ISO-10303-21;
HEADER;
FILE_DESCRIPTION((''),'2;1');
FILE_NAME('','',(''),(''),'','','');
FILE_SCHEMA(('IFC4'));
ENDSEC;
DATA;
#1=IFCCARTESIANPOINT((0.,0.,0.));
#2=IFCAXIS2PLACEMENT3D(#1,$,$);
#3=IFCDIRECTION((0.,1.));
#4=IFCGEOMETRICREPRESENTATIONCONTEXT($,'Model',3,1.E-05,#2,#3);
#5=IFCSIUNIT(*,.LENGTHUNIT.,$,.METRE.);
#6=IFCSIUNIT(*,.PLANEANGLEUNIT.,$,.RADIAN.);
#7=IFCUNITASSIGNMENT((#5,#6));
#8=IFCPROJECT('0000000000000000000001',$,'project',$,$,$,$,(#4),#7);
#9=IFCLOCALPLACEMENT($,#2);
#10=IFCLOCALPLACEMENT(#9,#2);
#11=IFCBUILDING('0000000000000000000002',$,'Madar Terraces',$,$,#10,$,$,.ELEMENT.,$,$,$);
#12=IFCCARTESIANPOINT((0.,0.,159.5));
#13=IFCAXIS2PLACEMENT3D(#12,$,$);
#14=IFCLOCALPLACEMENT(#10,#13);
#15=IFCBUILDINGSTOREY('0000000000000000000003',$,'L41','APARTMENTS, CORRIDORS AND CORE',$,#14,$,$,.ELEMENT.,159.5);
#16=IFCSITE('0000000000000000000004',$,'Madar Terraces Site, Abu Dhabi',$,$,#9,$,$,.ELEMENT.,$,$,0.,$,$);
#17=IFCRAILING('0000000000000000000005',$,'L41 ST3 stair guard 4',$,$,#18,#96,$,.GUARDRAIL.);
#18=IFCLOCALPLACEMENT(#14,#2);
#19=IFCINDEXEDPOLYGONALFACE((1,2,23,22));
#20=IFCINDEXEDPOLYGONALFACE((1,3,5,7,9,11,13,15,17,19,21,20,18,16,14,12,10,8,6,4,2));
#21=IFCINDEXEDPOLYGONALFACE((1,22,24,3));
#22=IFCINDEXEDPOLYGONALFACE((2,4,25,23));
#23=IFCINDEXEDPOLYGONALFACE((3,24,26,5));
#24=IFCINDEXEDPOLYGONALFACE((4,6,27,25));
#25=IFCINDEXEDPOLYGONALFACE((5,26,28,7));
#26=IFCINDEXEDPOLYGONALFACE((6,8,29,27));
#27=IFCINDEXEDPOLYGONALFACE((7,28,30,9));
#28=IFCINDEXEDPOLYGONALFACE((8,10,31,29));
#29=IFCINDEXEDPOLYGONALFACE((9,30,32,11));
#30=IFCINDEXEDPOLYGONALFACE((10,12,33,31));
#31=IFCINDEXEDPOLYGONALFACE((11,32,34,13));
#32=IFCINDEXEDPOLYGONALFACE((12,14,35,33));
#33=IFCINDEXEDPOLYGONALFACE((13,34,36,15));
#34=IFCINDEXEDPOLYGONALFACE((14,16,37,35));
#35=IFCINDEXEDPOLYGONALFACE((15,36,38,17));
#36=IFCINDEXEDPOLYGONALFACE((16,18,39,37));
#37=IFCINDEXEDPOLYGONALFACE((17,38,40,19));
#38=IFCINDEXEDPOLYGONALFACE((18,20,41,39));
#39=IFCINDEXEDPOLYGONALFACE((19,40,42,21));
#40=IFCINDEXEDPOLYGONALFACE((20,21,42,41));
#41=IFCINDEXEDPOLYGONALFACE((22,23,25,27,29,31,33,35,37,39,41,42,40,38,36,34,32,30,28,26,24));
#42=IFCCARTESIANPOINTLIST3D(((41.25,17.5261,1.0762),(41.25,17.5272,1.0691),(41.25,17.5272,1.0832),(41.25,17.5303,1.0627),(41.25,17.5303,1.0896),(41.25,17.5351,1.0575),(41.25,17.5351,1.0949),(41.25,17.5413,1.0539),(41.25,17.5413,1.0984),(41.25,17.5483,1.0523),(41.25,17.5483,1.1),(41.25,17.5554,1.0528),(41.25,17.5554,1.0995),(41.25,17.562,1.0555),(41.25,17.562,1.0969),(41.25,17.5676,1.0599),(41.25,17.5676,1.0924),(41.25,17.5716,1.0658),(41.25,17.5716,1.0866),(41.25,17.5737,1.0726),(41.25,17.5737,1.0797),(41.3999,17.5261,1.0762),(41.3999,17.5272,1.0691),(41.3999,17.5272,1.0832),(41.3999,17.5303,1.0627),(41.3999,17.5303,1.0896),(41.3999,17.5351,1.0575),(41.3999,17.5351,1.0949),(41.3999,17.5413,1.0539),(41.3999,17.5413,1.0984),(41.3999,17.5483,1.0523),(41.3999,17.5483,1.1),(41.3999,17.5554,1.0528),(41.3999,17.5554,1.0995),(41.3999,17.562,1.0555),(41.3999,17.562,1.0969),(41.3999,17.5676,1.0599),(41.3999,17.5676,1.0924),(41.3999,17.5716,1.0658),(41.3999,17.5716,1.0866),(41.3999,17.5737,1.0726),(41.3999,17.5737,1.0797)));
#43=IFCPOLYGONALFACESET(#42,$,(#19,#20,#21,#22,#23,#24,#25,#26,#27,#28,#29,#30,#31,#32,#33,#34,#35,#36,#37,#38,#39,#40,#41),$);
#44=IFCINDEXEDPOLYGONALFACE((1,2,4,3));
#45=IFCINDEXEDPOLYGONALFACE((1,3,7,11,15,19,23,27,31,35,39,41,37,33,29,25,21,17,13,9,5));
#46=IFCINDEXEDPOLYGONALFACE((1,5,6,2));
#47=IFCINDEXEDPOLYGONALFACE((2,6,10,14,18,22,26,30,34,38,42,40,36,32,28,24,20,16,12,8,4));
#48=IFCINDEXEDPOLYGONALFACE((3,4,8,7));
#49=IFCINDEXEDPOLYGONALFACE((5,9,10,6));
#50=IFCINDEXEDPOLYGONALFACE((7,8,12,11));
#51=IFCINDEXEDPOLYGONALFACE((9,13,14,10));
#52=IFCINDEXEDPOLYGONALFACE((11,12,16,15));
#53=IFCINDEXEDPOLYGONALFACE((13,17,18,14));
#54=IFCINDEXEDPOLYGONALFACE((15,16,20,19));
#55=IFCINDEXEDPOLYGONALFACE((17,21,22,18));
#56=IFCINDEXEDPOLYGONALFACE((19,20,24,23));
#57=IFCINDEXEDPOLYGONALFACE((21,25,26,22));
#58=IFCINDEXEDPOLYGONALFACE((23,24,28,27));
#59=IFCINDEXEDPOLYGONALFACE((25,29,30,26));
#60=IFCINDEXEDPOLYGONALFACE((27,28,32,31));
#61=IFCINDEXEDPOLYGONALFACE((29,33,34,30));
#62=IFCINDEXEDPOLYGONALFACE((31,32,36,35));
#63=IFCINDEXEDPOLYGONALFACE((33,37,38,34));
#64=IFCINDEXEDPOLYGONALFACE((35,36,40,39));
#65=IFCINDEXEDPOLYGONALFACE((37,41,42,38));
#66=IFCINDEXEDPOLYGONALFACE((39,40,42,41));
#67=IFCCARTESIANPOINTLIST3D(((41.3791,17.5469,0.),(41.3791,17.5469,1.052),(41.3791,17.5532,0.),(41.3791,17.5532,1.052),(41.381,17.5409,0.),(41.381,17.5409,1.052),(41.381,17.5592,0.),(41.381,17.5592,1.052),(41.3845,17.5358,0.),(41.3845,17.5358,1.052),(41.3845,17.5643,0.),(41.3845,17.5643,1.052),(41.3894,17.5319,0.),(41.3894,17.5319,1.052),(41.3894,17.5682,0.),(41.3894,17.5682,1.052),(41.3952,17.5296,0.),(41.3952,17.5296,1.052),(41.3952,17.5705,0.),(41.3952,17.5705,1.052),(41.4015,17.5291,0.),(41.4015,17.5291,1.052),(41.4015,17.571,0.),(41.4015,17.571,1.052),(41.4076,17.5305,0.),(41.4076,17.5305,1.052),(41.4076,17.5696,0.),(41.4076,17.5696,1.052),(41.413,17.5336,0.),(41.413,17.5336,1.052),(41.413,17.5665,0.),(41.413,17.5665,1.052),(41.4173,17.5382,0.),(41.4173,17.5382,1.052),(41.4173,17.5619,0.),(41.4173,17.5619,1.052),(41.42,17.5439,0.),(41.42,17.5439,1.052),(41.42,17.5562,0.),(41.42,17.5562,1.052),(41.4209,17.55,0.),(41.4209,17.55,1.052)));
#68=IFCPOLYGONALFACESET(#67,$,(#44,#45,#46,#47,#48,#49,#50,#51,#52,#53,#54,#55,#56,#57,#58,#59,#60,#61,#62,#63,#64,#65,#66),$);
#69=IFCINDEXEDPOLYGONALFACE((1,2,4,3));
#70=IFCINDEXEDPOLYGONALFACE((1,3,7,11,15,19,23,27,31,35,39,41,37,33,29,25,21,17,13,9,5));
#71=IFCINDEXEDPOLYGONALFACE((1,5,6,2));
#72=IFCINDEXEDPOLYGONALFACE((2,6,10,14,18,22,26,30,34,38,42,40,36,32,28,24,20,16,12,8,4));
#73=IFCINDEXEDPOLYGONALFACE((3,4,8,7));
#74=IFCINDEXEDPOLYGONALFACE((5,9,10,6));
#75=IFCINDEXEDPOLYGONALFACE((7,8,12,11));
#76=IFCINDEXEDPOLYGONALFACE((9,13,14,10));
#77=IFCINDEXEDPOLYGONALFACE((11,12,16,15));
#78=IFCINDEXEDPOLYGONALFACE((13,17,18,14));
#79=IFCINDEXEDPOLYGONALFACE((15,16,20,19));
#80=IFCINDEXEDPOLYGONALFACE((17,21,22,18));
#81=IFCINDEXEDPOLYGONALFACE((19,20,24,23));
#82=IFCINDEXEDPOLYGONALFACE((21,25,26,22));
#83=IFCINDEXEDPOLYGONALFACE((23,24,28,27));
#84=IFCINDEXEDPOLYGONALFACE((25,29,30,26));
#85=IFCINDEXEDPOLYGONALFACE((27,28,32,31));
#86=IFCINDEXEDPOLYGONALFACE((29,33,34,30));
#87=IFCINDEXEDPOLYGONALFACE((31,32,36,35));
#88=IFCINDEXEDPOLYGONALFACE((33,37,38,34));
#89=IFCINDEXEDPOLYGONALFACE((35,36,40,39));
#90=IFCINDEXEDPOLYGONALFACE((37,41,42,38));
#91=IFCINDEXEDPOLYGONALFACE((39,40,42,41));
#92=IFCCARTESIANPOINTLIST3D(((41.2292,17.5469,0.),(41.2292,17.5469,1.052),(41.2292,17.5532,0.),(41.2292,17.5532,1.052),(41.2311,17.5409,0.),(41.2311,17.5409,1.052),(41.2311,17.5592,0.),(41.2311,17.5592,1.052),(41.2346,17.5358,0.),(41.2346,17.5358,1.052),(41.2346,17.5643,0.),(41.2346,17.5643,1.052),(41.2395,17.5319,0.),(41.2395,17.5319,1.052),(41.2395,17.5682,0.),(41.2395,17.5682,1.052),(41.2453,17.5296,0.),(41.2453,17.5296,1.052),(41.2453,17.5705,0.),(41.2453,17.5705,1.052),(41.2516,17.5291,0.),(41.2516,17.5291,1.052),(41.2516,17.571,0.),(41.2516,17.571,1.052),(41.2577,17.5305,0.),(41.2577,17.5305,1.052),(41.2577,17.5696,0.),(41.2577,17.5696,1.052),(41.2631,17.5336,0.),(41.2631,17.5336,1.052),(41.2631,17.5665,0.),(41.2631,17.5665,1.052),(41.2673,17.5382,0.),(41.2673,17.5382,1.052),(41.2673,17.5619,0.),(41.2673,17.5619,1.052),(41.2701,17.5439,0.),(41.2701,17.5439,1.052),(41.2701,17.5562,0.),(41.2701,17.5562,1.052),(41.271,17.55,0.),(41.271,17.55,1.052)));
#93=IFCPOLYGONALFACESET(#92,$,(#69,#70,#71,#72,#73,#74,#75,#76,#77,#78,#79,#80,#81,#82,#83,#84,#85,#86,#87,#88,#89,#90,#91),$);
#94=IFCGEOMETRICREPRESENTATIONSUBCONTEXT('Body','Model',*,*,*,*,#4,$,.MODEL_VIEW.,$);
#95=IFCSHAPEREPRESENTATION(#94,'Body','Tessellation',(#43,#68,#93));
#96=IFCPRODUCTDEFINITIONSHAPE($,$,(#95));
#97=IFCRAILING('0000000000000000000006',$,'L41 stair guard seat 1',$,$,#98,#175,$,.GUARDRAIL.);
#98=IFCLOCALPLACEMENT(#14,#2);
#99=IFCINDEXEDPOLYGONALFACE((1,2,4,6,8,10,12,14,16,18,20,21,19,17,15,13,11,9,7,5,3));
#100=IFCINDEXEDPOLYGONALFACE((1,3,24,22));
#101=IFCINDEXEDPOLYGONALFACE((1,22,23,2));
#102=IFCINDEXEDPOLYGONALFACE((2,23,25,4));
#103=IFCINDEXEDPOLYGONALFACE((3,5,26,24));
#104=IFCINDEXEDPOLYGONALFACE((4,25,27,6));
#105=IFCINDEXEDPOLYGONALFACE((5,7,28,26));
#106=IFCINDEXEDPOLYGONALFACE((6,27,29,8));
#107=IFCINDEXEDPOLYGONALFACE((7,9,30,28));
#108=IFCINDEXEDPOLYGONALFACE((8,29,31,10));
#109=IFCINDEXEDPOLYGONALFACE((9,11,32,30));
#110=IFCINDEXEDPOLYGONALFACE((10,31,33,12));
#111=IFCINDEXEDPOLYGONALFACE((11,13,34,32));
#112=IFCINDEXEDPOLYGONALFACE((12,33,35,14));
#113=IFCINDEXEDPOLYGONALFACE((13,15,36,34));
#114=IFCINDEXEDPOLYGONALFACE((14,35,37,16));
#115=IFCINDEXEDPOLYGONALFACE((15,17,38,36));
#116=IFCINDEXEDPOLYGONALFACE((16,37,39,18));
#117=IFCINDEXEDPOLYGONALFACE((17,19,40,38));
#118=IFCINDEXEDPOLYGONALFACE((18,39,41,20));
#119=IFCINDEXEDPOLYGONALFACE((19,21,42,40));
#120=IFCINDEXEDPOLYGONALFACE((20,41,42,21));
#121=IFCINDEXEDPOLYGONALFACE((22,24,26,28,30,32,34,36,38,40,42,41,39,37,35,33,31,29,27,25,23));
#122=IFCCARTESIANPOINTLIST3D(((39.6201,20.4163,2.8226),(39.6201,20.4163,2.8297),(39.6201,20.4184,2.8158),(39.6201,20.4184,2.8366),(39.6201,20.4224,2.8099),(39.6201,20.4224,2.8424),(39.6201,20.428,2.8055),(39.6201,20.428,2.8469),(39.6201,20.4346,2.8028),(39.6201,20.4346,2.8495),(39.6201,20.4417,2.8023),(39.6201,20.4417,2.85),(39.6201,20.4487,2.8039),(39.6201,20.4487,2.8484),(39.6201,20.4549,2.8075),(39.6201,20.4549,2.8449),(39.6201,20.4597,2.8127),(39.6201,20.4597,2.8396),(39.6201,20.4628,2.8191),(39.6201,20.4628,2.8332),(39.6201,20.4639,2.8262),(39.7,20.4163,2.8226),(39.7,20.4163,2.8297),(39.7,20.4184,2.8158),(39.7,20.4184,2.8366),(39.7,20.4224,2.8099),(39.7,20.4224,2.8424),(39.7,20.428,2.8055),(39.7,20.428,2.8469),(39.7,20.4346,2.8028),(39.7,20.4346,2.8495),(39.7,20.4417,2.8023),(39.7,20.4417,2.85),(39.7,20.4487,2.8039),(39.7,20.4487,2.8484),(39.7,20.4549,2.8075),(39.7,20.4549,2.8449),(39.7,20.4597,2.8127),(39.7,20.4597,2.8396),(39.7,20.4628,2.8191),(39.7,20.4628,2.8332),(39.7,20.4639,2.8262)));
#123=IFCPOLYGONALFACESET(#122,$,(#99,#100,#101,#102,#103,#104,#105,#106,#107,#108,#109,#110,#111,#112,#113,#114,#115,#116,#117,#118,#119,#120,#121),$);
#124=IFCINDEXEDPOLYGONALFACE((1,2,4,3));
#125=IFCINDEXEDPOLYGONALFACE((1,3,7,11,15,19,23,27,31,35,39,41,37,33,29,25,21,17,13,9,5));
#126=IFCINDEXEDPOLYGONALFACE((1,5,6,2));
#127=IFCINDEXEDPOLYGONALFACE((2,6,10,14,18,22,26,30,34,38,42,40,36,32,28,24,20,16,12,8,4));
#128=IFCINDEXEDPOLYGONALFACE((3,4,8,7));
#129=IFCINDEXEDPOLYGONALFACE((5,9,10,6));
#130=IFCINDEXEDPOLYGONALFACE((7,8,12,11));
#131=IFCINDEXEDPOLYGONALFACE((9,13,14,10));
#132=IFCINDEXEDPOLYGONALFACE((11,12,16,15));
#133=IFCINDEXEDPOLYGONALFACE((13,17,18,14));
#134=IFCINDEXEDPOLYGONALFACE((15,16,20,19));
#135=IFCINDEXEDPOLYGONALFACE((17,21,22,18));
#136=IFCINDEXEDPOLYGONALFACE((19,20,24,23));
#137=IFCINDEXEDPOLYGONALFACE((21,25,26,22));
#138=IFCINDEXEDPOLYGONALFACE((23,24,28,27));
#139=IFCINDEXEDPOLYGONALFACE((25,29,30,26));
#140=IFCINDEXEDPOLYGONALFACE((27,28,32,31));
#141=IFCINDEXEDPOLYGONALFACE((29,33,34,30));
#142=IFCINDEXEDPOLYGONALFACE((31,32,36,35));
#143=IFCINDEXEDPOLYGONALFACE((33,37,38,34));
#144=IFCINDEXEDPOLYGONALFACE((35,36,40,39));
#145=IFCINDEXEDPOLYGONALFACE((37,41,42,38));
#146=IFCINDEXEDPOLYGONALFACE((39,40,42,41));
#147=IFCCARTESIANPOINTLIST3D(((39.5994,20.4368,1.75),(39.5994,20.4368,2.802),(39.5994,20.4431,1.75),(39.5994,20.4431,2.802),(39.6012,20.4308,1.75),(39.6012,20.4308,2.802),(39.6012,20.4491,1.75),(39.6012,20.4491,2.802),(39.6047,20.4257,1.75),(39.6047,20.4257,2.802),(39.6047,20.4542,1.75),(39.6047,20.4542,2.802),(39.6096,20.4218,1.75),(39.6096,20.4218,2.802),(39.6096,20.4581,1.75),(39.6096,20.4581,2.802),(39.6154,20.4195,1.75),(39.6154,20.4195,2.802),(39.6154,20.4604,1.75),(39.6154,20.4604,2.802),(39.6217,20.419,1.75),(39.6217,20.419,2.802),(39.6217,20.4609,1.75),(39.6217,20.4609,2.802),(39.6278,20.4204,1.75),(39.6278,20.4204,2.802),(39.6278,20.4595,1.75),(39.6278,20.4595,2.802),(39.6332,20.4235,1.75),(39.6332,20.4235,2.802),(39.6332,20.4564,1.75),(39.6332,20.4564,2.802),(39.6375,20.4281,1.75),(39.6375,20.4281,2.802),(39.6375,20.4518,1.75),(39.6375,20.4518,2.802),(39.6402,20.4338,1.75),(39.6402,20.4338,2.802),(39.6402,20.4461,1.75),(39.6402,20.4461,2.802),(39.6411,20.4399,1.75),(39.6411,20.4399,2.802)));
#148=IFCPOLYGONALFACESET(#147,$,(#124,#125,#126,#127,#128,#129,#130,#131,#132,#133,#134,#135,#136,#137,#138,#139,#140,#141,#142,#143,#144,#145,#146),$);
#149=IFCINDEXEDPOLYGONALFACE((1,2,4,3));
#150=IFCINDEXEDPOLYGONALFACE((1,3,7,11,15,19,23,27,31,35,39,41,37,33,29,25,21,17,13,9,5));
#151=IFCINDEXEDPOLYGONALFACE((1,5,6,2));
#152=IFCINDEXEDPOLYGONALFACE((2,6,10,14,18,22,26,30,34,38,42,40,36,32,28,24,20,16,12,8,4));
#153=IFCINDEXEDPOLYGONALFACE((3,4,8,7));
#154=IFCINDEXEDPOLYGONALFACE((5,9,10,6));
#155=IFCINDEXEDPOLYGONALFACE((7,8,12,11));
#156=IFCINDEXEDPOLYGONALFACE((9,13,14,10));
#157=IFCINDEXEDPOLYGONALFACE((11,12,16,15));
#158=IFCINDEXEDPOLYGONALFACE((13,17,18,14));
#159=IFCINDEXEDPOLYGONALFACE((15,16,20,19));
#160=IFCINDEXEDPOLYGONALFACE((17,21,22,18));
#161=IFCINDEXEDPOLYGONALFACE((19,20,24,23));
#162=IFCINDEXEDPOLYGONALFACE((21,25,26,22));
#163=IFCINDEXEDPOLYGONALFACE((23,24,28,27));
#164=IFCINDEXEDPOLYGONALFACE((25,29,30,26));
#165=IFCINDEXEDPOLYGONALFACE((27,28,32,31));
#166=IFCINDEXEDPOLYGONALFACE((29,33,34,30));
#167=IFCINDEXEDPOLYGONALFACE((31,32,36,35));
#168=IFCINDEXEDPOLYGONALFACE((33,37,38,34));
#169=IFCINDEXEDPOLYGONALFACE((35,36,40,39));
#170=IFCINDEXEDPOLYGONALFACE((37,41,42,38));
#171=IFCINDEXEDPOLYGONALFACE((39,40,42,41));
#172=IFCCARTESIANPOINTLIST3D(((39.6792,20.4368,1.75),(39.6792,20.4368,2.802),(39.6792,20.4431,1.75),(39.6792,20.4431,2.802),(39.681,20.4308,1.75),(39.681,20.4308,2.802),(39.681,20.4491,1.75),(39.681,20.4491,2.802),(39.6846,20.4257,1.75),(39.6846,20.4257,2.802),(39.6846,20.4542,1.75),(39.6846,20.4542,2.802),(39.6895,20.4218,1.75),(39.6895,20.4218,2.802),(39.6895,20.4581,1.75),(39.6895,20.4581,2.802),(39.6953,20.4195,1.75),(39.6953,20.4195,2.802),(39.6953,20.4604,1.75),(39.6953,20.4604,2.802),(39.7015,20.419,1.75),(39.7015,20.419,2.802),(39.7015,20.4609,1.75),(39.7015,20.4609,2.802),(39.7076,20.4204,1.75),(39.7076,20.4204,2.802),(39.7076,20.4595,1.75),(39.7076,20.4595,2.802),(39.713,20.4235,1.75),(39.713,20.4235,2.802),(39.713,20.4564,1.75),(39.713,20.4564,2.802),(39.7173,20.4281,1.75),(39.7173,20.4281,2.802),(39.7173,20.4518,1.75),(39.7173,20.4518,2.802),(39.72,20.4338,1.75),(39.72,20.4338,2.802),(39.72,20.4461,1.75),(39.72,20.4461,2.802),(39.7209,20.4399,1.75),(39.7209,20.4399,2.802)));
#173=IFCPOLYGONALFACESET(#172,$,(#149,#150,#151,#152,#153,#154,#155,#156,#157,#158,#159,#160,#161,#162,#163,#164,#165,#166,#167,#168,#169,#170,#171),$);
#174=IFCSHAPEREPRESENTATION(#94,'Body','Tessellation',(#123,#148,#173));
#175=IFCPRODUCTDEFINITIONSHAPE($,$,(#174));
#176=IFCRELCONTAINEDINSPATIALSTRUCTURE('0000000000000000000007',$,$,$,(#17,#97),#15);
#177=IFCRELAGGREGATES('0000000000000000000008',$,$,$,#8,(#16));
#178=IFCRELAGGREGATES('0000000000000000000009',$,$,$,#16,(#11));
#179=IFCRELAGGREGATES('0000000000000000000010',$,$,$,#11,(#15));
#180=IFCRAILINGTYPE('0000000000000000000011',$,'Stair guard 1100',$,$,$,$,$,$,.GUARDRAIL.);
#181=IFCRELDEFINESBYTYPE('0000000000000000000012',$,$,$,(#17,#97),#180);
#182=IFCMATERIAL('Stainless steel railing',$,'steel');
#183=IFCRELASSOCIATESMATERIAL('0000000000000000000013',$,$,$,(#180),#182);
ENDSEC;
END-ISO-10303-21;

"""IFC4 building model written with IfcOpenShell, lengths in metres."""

from ifc_helpers import new_model, si_unit, direction, frame, origin, origin_2d, place, context, subcontext, project, spatial, circle, extrude, material, type_object, element, save


model = new_model("IFC4")

# Units and contexts
model_context = context("Model", 3, precision=1e-05, world=origin(), true_north=direction((0.0, 1.0)))
body_context = subcontext(model_context, "Body", "Model", "MODEL_VIEW")
ifc_project = project(units=[si_unit("LENGTHUNIT", "METRE"), si_unit("PLANEANGLEUNIT", "RADIAN")], contexts=[model_context])

# Site, building, storey
site_placement = place(None, origin())
site = spatial("IfcSite", under=ifc_project, at=site_placement, Name="Madar Terraces Site, Abu Dhabi", CompositionType="ELEMENT", RefElevation=0.0)
building_placement = place(site_placement, origin())
building = spatial("IfcBuilding", under=site, at=building_placement, Name="Madar Terraces", CompositionType="ELEMENT")
storey_placement = place(building_placement, frame((0.0, 0.0, 159.5)))
storey = spatial("IfcBuildingStorey", under=building, at=storey_placement, Name="L41", Description="APARTMENTS, CORRIDORS AND CORE", CompositionType="ELEMENT", Elevation=159.5)

# Railings
ifc_material_1 = material(Name="Stainless steel railing", Category="steel")
railing_type_1 = type_object("IfcRailingType", Name="Stair guard 1100", PredefinedType="GUARDRAIL", material=ifc_material_1)
railing_1_placement = place(storey_placement, frame((41.3999, 17.55, 0.0)))
element("IfcRailing", 1, at=railing_1_placement, inside=storey, type_object=railing_type_1, Name="L41 ST3 stair guard 4", PredefinedType="GUARDRAIL", context=body_context, shape_type="SweptSolid", body=[
    extrude(circle(Radius=0.0239, at=origin_2d()), frame((0.0, 0.0, 1.0762), z_axis=(-1.0, 0.0, 0.0), x_axis=(0.0, -1.0, 0.0)), (0.0, 0.0, 1.0), 0.1499),
    extrude(circle(Radius=0.021, at=origin_2d()), origin(), (0.0, 0.0, 1.0), 1.052),
    extrude(circle(Radius=0.021, at=origin_2d()), frame((-0.1499, 0.0, 0.0)), (0.0, 0.0, 1.0), 1.052),
])
railing_2_placement = place(storey_placement, frame((39.6201, 20.4399, 1.75)))
element("IfcRailing", 2, at=railing_2_placement, inside=storey, type_object=railing_type_1, Name="L41 stair guard seat 1", PredefinedType="GUARDRAIL", context=body_context, shape_type="SweptSolid", body=[
    extrude(circle(Radius=0.0239, at=origin_2d()), frame((0.0, 0.0, 1.0762), z_axis=(1.0, 0.0, 0.0), x_axis=(0.0, 1.0, 0.0)), (0.0, 0.0, 1.0), 0.0798),
    extrude(circle(Radius=0.021, at=origin_2d()), origin(), (0.0, 0.0, 1.0), 1.052),
    extrude(circle(Radius=0.021, at=origin_2d()), frame((0.0798, 0.0, 0.0)), (0.0, 0.0, 1.0), 1.052),
])

save(model, "model.ifc")
